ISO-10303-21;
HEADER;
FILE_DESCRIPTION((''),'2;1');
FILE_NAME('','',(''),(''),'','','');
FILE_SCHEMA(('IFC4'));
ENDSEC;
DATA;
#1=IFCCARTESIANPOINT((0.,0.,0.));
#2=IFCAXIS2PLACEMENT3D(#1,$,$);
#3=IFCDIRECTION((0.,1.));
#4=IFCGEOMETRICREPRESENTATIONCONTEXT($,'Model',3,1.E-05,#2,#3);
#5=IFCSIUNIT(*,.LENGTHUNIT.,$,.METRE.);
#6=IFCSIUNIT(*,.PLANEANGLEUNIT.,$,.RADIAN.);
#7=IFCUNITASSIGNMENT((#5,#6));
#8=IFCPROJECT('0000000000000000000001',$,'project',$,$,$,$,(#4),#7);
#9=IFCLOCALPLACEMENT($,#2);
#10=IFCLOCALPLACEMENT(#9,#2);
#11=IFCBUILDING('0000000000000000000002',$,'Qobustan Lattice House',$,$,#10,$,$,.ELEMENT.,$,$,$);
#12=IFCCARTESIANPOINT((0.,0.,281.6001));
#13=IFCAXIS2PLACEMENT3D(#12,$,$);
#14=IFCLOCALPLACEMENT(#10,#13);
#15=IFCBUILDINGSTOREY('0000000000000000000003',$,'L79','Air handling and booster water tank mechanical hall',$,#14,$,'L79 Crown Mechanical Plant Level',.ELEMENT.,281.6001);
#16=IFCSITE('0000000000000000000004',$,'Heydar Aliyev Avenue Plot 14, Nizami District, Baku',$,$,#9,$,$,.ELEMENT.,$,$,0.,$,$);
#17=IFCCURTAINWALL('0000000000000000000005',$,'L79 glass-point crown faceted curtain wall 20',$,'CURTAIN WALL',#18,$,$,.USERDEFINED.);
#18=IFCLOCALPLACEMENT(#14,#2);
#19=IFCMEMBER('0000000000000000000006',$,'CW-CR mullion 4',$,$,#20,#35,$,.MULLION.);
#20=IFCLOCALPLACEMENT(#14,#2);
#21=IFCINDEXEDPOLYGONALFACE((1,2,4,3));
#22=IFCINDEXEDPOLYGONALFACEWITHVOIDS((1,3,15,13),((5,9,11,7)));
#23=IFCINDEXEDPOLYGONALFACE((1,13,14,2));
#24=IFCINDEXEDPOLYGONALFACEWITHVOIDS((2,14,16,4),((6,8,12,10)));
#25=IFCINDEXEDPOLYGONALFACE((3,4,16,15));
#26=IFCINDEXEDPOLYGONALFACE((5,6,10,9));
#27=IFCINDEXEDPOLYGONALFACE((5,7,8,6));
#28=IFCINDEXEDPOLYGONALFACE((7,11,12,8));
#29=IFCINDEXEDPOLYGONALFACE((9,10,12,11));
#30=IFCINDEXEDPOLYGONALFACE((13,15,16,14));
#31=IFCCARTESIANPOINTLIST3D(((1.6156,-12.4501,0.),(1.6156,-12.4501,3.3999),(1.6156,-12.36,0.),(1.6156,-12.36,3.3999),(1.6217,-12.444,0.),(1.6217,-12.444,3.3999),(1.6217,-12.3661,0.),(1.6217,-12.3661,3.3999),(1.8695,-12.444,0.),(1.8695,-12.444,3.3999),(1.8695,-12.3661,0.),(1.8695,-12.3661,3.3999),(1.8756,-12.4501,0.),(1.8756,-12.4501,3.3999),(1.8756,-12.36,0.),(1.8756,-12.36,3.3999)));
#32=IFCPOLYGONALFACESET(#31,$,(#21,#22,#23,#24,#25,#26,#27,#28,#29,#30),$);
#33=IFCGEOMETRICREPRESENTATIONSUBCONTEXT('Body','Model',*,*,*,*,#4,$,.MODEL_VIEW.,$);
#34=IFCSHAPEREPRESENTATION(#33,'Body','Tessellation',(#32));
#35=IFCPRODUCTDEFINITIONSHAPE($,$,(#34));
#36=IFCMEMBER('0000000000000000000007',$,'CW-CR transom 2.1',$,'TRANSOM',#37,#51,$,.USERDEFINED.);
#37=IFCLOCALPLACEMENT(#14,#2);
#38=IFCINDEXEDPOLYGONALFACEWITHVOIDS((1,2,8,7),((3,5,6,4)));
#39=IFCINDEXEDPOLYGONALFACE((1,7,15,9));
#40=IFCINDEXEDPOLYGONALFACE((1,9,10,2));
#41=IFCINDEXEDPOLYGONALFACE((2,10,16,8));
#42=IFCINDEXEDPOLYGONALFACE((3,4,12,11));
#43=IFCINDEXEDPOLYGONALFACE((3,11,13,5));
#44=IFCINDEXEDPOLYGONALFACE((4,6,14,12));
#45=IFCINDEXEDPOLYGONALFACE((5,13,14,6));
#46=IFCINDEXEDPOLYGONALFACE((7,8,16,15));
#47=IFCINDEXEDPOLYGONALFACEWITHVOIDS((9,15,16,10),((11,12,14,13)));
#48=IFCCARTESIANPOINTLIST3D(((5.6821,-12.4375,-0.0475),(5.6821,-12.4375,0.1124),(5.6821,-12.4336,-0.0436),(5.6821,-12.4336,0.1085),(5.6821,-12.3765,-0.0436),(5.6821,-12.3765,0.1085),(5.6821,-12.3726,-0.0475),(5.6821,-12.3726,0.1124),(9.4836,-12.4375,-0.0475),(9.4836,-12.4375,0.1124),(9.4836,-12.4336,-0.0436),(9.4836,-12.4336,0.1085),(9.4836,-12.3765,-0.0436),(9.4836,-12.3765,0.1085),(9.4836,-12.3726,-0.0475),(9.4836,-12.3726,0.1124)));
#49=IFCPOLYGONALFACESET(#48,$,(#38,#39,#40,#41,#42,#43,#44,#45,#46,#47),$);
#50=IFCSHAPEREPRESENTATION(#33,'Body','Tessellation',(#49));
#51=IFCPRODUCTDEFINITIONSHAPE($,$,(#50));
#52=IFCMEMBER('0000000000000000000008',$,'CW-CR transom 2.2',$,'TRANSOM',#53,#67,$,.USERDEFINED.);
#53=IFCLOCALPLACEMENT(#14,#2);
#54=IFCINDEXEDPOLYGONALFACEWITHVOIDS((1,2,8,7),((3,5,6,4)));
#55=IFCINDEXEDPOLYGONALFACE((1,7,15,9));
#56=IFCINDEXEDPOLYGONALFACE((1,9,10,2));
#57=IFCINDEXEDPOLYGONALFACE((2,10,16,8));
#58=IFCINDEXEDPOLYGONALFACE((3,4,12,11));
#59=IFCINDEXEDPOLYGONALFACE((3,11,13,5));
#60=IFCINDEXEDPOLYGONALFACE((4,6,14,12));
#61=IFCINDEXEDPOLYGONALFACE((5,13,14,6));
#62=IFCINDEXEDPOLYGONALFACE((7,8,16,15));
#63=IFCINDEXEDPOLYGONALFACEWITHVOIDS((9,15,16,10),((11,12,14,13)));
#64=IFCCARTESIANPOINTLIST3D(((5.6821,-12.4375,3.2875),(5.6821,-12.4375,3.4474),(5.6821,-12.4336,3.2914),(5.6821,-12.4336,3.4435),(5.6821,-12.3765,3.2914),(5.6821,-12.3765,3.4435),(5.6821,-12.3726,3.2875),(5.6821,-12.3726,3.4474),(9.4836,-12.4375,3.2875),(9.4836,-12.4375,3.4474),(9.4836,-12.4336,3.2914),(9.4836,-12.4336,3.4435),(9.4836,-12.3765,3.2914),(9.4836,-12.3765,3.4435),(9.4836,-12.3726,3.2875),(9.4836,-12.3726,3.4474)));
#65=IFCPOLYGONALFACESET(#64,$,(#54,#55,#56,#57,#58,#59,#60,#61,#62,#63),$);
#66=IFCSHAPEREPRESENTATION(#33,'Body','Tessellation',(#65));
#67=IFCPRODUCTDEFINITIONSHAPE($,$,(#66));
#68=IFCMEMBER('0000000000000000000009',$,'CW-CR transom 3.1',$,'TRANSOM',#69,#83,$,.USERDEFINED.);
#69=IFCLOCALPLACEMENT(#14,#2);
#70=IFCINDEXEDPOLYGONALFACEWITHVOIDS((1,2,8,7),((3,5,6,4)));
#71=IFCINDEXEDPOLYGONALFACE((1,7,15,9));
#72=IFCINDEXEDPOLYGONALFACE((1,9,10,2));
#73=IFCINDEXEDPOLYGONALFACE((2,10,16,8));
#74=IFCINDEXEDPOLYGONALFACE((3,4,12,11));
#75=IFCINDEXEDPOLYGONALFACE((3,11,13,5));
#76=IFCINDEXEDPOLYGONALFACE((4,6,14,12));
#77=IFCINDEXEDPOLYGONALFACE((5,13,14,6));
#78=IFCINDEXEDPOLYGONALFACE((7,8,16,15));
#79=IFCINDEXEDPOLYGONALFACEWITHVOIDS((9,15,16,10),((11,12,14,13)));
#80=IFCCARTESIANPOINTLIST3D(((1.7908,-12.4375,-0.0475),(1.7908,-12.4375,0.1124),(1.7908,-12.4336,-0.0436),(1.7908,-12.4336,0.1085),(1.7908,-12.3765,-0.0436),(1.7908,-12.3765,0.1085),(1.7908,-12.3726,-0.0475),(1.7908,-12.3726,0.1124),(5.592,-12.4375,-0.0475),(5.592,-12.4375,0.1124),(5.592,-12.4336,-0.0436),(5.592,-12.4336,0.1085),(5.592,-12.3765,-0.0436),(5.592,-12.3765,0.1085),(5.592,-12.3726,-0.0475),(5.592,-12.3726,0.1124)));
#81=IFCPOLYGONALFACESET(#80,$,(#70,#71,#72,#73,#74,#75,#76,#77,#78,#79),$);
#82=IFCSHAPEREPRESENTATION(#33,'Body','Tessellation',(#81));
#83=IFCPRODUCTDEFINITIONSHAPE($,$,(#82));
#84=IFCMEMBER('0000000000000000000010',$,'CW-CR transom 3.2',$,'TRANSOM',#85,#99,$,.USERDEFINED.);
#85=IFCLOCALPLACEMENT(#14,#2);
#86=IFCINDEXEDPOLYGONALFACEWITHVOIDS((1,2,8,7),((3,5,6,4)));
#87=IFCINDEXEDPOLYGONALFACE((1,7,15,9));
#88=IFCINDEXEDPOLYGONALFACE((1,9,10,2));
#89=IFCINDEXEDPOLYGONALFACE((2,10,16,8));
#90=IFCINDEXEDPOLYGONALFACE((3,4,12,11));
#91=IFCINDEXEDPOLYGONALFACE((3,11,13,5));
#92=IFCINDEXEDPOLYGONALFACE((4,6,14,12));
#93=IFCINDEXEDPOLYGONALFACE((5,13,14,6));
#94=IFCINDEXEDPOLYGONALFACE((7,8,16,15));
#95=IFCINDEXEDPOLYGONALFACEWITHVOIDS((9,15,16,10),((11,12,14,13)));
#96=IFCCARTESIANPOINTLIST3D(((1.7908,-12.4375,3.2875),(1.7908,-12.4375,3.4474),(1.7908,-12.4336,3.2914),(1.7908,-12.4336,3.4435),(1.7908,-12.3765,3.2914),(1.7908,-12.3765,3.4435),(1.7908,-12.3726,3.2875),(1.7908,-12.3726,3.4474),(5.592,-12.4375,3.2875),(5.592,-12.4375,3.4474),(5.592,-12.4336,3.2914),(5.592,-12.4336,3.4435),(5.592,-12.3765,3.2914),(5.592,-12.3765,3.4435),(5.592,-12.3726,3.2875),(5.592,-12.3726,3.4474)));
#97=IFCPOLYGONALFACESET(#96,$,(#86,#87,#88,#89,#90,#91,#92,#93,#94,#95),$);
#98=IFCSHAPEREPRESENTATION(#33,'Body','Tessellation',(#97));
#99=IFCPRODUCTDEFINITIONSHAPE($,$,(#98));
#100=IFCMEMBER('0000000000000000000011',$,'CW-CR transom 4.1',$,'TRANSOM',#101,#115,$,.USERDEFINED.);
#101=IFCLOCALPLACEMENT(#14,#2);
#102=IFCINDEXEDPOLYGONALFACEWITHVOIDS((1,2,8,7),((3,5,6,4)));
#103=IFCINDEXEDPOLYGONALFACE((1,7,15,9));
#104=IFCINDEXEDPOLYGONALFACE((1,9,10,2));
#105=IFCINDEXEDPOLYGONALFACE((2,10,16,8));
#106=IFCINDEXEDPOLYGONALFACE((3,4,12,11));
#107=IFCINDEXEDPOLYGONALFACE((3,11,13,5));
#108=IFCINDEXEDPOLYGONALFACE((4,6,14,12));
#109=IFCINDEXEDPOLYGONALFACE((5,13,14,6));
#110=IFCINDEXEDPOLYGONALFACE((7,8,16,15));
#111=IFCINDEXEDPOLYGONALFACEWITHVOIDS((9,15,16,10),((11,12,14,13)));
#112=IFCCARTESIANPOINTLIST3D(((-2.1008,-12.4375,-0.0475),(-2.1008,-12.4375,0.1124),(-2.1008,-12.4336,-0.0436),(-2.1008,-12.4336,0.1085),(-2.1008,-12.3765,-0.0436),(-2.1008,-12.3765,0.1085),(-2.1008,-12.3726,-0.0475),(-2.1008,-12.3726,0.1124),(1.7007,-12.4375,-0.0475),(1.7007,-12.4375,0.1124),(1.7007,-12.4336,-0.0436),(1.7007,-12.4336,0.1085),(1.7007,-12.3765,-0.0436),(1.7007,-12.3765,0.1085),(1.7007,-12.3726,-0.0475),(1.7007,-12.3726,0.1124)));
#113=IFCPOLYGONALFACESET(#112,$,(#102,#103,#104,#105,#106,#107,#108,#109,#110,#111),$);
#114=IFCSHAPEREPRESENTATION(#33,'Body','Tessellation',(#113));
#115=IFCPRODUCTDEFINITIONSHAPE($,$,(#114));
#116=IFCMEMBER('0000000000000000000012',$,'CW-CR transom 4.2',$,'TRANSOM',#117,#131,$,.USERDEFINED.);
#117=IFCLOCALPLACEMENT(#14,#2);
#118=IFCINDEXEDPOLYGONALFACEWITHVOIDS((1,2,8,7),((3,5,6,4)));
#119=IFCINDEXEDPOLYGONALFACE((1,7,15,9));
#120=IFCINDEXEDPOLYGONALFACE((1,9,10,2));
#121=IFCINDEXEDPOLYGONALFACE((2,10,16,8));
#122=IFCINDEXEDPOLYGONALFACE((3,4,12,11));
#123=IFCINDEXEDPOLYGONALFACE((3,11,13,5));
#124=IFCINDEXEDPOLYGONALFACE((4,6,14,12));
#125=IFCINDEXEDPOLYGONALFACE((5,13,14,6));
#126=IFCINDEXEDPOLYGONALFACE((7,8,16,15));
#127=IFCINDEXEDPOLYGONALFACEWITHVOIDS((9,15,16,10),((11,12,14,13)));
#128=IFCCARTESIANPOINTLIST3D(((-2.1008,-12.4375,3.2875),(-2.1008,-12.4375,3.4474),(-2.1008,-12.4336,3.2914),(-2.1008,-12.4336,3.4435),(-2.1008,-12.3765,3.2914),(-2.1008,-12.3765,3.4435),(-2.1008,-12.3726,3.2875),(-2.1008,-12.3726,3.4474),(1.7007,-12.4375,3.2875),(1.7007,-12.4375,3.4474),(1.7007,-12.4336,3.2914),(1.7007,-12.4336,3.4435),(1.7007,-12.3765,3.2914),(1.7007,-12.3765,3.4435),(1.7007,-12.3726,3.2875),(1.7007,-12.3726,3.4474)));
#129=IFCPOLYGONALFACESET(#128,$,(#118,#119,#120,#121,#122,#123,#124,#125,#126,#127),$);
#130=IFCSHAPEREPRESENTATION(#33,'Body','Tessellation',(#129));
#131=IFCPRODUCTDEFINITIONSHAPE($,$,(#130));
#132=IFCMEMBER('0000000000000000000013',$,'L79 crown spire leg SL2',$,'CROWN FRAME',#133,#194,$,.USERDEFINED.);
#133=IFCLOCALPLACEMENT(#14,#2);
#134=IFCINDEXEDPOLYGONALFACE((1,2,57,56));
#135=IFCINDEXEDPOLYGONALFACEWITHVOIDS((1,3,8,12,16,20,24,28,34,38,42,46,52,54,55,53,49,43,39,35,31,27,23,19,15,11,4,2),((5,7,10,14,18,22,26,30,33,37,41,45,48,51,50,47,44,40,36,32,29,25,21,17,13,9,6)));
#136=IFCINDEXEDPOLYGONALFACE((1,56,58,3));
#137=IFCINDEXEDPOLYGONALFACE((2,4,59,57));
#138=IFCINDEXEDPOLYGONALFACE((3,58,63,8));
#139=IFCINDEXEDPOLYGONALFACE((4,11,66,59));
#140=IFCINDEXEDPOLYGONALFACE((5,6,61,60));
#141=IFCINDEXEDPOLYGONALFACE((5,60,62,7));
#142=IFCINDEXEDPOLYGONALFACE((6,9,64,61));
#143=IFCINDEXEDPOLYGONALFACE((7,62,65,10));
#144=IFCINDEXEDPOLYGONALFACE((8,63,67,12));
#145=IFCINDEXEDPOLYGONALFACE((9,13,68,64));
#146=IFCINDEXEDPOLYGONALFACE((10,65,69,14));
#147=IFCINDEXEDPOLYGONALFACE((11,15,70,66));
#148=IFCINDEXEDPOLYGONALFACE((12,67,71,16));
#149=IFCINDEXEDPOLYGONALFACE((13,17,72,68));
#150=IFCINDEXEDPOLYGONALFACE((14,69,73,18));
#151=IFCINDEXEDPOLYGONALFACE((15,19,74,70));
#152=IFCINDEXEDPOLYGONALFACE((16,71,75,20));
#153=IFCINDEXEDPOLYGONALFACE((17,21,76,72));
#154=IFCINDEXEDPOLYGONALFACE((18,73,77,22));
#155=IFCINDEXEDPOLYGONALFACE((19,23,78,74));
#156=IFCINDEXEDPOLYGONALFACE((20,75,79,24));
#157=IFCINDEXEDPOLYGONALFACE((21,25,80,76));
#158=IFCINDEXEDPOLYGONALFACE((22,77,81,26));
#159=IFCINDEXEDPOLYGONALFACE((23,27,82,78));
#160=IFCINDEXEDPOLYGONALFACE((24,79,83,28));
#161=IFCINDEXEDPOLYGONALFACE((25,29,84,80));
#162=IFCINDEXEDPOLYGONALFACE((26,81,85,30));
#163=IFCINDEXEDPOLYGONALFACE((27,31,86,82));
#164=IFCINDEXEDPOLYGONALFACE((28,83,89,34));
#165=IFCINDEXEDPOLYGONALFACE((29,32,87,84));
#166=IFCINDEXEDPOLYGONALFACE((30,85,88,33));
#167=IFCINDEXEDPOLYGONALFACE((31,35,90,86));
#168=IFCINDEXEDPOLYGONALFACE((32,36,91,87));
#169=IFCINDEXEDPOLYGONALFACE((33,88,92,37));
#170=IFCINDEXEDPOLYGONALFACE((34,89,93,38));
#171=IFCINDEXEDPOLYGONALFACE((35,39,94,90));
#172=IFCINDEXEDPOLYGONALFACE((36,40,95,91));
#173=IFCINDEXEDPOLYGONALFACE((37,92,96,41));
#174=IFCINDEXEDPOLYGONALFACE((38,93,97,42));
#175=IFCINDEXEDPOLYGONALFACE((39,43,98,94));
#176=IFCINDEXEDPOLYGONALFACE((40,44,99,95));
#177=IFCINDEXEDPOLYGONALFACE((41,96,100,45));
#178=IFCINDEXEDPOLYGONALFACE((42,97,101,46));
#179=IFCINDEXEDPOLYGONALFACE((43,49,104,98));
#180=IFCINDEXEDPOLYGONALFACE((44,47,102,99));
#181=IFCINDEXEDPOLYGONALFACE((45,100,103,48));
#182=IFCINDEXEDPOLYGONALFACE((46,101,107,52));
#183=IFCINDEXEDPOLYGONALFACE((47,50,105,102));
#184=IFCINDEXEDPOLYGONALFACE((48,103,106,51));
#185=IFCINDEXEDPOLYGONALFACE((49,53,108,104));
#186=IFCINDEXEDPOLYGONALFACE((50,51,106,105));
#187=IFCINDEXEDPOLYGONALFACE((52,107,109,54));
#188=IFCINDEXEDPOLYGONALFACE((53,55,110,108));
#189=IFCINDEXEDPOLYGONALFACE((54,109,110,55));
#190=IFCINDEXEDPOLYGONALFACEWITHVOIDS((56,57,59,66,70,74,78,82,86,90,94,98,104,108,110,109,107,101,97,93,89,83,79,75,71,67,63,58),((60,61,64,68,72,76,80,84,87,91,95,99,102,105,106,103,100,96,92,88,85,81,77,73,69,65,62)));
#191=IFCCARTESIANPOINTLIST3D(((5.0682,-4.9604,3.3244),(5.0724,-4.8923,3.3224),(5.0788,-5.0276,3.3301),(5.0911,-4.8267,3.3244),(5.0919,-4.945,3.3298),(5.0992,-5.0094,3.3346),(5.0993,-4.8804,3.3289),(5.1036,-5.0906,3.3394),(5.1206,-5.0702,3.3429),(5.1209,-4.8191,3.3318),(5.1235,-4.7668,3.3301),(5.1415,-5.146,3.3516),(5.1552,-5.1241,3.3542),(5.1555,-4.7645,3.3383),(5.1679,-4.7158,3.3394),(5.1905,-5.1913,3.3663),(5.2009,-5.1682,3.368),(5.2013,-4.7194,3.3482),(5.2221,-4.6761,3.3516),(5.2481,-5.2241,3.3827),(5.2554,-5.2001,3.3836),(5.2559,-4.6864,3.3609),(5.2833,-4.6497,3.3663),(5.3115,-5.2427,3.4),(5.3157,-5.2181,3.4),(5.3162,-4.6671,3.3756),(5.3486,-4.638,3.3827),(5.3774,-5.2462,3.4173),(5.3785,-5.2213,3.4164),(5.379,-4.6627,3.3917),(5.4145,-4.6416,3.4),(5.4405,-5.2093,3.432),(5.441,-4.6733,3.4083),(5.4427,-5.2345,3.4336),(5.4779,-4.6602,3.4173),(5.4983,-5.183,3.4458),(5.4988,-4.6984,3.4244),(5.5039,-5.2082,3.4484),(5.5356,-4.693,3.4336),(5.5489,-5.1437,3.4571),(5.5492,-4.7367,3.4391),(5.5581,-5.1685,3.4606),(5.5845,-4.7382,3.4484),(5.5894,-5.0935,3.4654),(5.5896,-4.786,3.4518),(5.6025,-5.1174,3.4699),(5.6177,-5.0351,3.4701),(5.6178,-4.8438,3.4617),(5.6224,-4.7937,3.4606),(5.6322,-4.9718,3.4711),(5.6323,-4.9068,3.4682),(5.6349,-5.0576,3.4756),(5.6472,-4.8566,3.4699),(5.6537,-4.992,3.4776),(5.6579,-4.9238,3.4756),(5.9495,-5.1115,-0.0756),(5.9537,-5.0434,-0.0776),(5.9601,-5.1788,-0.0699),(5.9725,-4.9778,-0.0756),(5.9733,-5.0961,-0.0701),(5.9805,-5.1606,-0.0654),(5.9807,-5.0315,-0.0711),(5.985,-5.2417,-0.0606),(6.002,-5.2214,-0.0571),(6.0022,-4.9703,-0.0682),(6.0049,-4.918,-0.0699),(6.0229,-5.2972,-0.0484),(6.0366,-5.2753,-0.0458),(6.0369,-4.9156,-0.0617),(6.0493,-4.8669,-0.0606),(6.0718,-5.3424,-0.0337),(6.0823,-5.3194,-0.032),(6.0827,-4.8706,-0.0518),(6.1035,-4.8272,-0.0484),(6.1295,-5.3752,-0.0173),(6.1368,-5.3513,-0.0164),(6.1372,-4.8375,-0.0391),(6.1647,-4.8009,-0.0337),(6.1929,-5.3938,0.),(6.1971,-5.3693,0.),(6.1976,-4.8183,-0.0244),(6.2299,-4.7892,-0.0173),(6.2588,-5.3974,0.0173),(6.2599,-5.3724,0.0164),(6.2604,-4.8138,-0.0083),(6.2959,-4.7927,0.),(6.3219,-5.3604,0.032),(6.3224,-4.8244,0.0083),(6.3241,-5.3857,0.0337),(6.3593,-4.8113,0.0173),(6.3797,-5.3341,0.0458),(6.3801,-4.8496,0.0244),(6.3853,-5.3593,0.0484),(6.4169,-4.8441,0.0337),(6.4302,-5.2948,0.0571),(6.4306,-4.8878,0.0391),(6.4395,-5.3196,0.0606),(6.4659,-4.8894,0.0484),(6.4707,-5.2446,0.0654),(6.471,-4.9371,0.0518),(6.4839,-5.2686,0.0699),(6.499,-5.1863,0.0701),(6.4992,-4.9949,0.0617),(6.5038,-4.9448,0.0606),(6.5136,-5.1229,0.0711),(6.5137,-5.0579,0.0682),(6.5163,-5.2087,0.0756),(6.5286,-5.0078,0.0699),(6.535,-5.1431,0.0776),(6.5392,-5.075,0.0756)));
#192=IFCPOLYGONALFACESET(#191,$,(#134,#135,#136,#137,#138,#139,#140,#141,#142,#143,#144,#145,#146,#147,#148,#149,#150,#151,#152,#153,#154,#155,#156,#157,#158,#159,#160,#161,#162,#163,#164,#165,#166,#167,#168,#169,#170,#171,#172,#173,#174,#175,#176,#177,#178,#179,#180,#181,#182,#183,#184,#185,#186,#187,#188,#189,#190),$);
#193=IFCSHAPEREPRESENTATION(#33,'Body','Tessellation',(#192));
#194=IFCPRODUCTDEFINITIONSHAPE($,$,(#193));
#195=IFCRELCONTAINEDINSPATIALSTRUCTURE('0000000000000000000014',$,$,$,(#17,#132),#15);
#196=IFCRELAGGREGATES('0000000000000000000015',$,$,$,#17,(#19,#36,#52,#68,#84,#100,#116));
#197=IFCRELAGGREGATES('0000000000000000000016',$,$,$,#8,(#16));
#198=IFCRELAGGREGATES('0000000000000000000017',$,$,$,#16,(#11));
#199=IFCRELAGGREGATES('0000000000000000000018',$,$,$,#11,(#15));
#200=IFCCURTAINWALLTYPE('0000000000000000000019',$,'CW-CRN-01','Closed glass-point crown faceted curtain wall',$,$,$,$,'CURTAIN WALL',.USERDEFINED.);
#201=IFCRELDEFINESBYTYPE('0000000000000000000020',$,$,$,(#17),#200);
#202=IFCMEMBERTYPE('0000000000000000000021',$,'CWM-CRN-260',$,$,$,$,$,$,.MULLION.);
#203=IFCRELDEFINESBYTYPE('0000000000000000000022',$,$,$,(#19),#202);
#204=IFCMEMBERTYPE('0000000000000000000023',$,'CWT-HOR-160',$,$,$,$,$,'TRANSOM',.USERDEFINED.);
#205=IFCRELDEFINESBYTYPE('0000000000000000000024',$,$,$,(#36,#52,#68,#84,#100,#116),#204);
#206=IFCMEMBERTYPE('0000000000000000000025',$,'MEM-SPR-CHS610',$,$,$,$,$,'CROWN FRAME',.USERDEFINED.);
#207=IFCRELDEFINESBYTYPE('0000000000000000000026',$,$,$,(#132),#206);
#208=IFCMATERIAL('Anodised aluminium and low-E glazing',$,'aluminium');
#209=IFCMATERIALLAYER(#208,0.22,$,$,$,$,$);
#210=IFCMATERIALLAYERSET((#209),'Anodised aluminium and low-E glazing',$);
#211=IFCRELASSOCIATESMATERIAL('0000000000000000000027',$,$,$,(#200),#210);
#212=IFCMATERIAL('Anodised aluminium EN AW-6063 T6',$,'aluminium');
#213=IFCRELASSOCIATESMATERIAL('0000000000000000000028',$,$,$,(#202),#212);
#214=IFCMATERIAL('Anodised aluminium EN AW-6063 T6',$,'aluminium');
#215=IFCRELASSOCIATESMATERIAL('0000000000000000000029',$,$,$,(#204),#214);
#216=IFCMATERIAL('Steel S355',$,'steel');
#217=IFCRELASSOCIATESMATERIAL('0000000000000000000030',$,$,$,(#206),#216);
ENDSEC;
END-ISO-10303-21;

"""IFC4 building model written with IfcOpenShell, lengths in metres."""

from ifc_helpers import new_model, si_unit, direction, frame, origin, origin_2d, place, context, subcontext, project, spatial, hollow_rectangle, hollow_circle, extrude, material, layer, layer_set, material_profile, profile_set, type_object, element, aggregate, save


model = new_model("IFC4")

# Units and contexts
model_context = context("Model", 3, precision=1e-05, world=origin(), true_north=direction((0.0, 1.0)))
body_context = subcontext(model_context, "Body", "Model", "MODEL_VIEW")
ifc_project = project(units=[si_unit("LENGTHUNIT", "METRE"), si_unit("PLANEANGLEUNIT", "RADIAN")], contexts=[model_context])

# Site, building, storey
site_placement = place(None, origin())
site = spatial("IfcSite", under=ifc_project, at=site_placement, Name="Heydar Aliyev Avenue Plot 14, Nizami District, Baku", CompositionType="ELEMENT", RefElevation=0.0)
building_placement = place(site_placement, origin())
building = spatial("IfcBuilding", under=site, at=building_placement, Name="Qobustan Lattice House", CompositionType="ELEMENT")
storey_placement = place(building_placement, frame((0.0, 0.0, 281.6001)))
storey = spatial("IfcBuildingStorey", under=building, at=storey_placement, Name="L79", Description="Air handling and booster water tank mechanical hall", LongName="L79 Crown Mechanical Plant Level", CompositionType="ELEMENT", Elevation=281.6001)

# Curtain wall, members
ifc_material_1 = material(Name="Anodised aluminium and low-E glazing", Category="aluminium")
ifc_layer_1 = layer(ifc_material_1, 0.22)
ifc_layer_set_1 = layer_set([ifc_layer_1], Name="Anodised aluminium and low-E glazing")
curtain_wall_type = type_object("IfcCurtainWallType", Name="CW-CRN-01", Description="Closed glass-point crown faceted curtain wall", ElementType="CURTAIN WALL", PredefinedType="USERDEFINED", material=ifc_layer_set_1)
curtain_wall_placement = place(storey_placement, origin())
curtain_wall = element("IfcCurtainWall", 1, at=curtain_wall_placement, inside=storey, type_object=curtain_wall_type, Name="L79 glass-point crown faceted curtain wall 20", ObjectType="CURTAIN WALL", PredefinedType="USERDEFINED")
ifc_material_2 = material(Name="Anodised aluminium EN AW-6063 T6", Category="aluminium")
ifc_material_profile_1 = material_profile(ifc_material_2, hollow_rectangle(XDim=0.0901, YDim=0.26, WallThickness=0.0061, at=origin_2d()), Name="CWM-CROWN-260x90")
ifc_profile_set_1 = profile_set([ifc_material_profile_1], Name="Anodised aluminium EN AW-6063 T6")
member_type_1 = type_object("IfcMemberType", Name="CWM-CRN-260", PredefinedType="MULLION", material=ifc_profile_set_1)
member_1_placement = place(storey_placement, frame((1.7456, -12.405, 0.0), z_axis=(0.0, 0.0, 1.0), x_axis=(0.0, -1.0, 0.0)))
member_1 = element("IfcMember", 2, at=member_1_placement, type_object=member_type_1, Name="CW-CR mullion 4", PredefinedType="MULLION", context=body_context, shape_type="SweptSolid", body=[
    extrude(hollow_rectangle(XDim=0.0901, YDim=0.26, WallThickness=0.0061, at=origin_2d()), origin(), (0.0, 0.0, 1.0), 3.3999),
])
ifc_material_3 = material(Name="Anodised aluminium EN AW-6063 T6", Category="aluminium")
ifc_material_profile_2 = material_profile(ifc_material_3, hollow_rectangle(XDim=0.0649, YDim=0.1599, WallThickness=0.0039, at=origin_2d()), Name="CWT-160x65")
ifc_profile_set_2 = profile_set([ifc_material_profile_2], Name="Anodised aluminium EN AW-6063 T6")
member_type_2 = type_object("IfcMemberType", Name="CWT-HOR-160", ElementType="TRANSOM", PredefinedType="USERDEFINED", material=ifc_profile_set_2)
member_2_placement = place(storey_placement, frame((9.4836, -12.405, 0.0325), z_axis=(-1.0, 0.0, 0.0), x_axis=(0.0, -1.0, 0.0)))
member_2 = element("IfcMember", 3, at=member_2_placement, type_object=member_type_2, Name="CW-CR transom 2.1", ObjectType="TRANSOM", PredefinedType="USERDEFINED", context=body_context, shape_type="SweptSolid", body=[
    extrude(hollow_rectangle(XDim=0.0649, YDim=0.1599, WallThickness=0.0039, at=origin_2d()), origin(), (0.0, 0.0, 1.0), 3.8015),
])
member_3_placement = place(storey_placement, frame((9.4836, -12.405, 3.3674), z_axis=(-1.0, 0.0, 0.0), x_axis=(0.0, -1.0, 0.0)))
member_3 = element("IfcMember", 4, at=member_3_placement, type_object=member_type_2, Name="CW-CR transom 2.2", ObjectType="TRANSOM", PredefinedType="USERDEFINED", context=body_context, shape_type="SweptSolid", body=[
    extrude(hollow_rectangle(XDim=0.0649, YDim=0.1599, WallThickness=0.0039, at=origin_2d()), origin(), (0.0, 0.0, 1.0), 3.8015),
])
member_4_placement = place(storey_placement, frame((5.592, -12.405, 0.0325), z_axis=(-1.0, 0.0, 0.0), x_axis=(0.0, -1.0, 0.0)))
member_4 = element("IfcMember", 5, at=member_4_placement, type_object=member_type_2, Name="CW-CR transom 3.1", ObjectType="TRANSOM", PredefinedType="USERDEFINED", context=body_context, shape_type="SweptSolid", body=[
    extrude(hollow_rectangle(XDim=0.0649, YDim=0.1599, WallThickness=0.0039, at=origin_2d()), origin(), (0.0, 0.0, 1.0), 3.8013),
])
member_5_placement = place(storey_placement, frame((5.592, -12.405, 3.3674), z_axis=(-1.0, 0.0, 0.0), x_axis=(0.0, -1.0, 0.0)))
member_5 = element("IfcMember", 6, at=member_5_placement, type_object=member_type_2, Name="CW-CR transom 3.2", ObjectType="TRANSOM", PredefinedType="USERDEFINED", context=body_context, shape_type="SweptSolid", body=[
    extrude(hollow_rectangle(XDim=0.0649, YDim=0.1599, WallThickness=0.0039, at=origin_2d()), origin(), (0.0, 0.0, 1.0), 3.8013),
])
member_6_placement = place(storey_placement, frame((1.7007, -12.405, 0.0325), z_axis=(-1.0, 0.0, 0.0), x_axis=(0.0, -1.0, 0.0)))
member_6 = element("IfcMember", 7, at=member_6_placement, type_object=member_type_2, Name="CW-CR transom 4.1", ObjectType="TRANSOM", PredefinedType="USERDEFINED", context=body_context, shape_type="SweptSolid", body=[
    extrude(hollow_rectangle(XDim=0.0649, YDim=0.1599, WallThickness=0.0039, at=origin_2d()), origin(), (0.0, 0.0, 1.0), 3.8015),
])
member_7_placement = place(storey_placement, frame((1.7007, -12.405, 3.3674), z_axis=(-1.0, 0.0, 0.0), x_axis=(0.0, -1.0, 0.0)))
member_7 = element("IfcMember", 8, at=member_7_placement, type_object=member_type_2, Name="CW-CR transom 4.2", ObjectType="TRANSOM", PredefinedType="USERDEFINED", context=body_context, shape_type="SweptSolid", body=[
    extrude(hollow_rectangle(XDim=0.0649, YDim=0.1599, WallThickness=0.0039, at=origin_2d()), origin(), (0.0, 0.0, 1.0), 3.8015),
])

# Member
ifc_material_4 = material(Name="Steel S355", Category="steel")
ifc_material_profile_3 = material_profile(ifc_material_4, hollow_circle(Radius=0.3049, WallThickness=0.0249, at=origin_2d()), Name="CHS610x25")
ifc_profile_set_3 = profile_set([ifc_material_profile_3], Name="Steel S355")
member_type_3 = type_object("IfcMemberType", Name="MEM-SPR-CHS610", ElementType="CROWN FRAME", PredefinedType="USERDEFINED", material=ifc_profile_set_3)
member_8_placement = place(storey_placement, frame((6.2444, -5.0933, 0.0), z_axis=(-0.250701, 0.042987, 0.96711), x_axis=(-0.169002, -0.985616, 0.0)))
element("IfcMember", 9, at=member_8_placement, inside=storey, type_object=member_type_3, Name="L79 crown spire leg SL2", ObjectType="CROWN FRAME", PredefinedType="USERDEFINED", context=body_context, shape_type="SweptSolid", body=[
    extrude(hollow_circle(Radius=0.3049, WallThickness=0.0249, at=origin_2d()), origin(), (0.0, 0.0, 1.0), 3.5156),
])

aggregate(curtain_wall, [member_1, member_2, member_3, member_4, member_5, member_6, member_7])

save(model, "model.ifc")
